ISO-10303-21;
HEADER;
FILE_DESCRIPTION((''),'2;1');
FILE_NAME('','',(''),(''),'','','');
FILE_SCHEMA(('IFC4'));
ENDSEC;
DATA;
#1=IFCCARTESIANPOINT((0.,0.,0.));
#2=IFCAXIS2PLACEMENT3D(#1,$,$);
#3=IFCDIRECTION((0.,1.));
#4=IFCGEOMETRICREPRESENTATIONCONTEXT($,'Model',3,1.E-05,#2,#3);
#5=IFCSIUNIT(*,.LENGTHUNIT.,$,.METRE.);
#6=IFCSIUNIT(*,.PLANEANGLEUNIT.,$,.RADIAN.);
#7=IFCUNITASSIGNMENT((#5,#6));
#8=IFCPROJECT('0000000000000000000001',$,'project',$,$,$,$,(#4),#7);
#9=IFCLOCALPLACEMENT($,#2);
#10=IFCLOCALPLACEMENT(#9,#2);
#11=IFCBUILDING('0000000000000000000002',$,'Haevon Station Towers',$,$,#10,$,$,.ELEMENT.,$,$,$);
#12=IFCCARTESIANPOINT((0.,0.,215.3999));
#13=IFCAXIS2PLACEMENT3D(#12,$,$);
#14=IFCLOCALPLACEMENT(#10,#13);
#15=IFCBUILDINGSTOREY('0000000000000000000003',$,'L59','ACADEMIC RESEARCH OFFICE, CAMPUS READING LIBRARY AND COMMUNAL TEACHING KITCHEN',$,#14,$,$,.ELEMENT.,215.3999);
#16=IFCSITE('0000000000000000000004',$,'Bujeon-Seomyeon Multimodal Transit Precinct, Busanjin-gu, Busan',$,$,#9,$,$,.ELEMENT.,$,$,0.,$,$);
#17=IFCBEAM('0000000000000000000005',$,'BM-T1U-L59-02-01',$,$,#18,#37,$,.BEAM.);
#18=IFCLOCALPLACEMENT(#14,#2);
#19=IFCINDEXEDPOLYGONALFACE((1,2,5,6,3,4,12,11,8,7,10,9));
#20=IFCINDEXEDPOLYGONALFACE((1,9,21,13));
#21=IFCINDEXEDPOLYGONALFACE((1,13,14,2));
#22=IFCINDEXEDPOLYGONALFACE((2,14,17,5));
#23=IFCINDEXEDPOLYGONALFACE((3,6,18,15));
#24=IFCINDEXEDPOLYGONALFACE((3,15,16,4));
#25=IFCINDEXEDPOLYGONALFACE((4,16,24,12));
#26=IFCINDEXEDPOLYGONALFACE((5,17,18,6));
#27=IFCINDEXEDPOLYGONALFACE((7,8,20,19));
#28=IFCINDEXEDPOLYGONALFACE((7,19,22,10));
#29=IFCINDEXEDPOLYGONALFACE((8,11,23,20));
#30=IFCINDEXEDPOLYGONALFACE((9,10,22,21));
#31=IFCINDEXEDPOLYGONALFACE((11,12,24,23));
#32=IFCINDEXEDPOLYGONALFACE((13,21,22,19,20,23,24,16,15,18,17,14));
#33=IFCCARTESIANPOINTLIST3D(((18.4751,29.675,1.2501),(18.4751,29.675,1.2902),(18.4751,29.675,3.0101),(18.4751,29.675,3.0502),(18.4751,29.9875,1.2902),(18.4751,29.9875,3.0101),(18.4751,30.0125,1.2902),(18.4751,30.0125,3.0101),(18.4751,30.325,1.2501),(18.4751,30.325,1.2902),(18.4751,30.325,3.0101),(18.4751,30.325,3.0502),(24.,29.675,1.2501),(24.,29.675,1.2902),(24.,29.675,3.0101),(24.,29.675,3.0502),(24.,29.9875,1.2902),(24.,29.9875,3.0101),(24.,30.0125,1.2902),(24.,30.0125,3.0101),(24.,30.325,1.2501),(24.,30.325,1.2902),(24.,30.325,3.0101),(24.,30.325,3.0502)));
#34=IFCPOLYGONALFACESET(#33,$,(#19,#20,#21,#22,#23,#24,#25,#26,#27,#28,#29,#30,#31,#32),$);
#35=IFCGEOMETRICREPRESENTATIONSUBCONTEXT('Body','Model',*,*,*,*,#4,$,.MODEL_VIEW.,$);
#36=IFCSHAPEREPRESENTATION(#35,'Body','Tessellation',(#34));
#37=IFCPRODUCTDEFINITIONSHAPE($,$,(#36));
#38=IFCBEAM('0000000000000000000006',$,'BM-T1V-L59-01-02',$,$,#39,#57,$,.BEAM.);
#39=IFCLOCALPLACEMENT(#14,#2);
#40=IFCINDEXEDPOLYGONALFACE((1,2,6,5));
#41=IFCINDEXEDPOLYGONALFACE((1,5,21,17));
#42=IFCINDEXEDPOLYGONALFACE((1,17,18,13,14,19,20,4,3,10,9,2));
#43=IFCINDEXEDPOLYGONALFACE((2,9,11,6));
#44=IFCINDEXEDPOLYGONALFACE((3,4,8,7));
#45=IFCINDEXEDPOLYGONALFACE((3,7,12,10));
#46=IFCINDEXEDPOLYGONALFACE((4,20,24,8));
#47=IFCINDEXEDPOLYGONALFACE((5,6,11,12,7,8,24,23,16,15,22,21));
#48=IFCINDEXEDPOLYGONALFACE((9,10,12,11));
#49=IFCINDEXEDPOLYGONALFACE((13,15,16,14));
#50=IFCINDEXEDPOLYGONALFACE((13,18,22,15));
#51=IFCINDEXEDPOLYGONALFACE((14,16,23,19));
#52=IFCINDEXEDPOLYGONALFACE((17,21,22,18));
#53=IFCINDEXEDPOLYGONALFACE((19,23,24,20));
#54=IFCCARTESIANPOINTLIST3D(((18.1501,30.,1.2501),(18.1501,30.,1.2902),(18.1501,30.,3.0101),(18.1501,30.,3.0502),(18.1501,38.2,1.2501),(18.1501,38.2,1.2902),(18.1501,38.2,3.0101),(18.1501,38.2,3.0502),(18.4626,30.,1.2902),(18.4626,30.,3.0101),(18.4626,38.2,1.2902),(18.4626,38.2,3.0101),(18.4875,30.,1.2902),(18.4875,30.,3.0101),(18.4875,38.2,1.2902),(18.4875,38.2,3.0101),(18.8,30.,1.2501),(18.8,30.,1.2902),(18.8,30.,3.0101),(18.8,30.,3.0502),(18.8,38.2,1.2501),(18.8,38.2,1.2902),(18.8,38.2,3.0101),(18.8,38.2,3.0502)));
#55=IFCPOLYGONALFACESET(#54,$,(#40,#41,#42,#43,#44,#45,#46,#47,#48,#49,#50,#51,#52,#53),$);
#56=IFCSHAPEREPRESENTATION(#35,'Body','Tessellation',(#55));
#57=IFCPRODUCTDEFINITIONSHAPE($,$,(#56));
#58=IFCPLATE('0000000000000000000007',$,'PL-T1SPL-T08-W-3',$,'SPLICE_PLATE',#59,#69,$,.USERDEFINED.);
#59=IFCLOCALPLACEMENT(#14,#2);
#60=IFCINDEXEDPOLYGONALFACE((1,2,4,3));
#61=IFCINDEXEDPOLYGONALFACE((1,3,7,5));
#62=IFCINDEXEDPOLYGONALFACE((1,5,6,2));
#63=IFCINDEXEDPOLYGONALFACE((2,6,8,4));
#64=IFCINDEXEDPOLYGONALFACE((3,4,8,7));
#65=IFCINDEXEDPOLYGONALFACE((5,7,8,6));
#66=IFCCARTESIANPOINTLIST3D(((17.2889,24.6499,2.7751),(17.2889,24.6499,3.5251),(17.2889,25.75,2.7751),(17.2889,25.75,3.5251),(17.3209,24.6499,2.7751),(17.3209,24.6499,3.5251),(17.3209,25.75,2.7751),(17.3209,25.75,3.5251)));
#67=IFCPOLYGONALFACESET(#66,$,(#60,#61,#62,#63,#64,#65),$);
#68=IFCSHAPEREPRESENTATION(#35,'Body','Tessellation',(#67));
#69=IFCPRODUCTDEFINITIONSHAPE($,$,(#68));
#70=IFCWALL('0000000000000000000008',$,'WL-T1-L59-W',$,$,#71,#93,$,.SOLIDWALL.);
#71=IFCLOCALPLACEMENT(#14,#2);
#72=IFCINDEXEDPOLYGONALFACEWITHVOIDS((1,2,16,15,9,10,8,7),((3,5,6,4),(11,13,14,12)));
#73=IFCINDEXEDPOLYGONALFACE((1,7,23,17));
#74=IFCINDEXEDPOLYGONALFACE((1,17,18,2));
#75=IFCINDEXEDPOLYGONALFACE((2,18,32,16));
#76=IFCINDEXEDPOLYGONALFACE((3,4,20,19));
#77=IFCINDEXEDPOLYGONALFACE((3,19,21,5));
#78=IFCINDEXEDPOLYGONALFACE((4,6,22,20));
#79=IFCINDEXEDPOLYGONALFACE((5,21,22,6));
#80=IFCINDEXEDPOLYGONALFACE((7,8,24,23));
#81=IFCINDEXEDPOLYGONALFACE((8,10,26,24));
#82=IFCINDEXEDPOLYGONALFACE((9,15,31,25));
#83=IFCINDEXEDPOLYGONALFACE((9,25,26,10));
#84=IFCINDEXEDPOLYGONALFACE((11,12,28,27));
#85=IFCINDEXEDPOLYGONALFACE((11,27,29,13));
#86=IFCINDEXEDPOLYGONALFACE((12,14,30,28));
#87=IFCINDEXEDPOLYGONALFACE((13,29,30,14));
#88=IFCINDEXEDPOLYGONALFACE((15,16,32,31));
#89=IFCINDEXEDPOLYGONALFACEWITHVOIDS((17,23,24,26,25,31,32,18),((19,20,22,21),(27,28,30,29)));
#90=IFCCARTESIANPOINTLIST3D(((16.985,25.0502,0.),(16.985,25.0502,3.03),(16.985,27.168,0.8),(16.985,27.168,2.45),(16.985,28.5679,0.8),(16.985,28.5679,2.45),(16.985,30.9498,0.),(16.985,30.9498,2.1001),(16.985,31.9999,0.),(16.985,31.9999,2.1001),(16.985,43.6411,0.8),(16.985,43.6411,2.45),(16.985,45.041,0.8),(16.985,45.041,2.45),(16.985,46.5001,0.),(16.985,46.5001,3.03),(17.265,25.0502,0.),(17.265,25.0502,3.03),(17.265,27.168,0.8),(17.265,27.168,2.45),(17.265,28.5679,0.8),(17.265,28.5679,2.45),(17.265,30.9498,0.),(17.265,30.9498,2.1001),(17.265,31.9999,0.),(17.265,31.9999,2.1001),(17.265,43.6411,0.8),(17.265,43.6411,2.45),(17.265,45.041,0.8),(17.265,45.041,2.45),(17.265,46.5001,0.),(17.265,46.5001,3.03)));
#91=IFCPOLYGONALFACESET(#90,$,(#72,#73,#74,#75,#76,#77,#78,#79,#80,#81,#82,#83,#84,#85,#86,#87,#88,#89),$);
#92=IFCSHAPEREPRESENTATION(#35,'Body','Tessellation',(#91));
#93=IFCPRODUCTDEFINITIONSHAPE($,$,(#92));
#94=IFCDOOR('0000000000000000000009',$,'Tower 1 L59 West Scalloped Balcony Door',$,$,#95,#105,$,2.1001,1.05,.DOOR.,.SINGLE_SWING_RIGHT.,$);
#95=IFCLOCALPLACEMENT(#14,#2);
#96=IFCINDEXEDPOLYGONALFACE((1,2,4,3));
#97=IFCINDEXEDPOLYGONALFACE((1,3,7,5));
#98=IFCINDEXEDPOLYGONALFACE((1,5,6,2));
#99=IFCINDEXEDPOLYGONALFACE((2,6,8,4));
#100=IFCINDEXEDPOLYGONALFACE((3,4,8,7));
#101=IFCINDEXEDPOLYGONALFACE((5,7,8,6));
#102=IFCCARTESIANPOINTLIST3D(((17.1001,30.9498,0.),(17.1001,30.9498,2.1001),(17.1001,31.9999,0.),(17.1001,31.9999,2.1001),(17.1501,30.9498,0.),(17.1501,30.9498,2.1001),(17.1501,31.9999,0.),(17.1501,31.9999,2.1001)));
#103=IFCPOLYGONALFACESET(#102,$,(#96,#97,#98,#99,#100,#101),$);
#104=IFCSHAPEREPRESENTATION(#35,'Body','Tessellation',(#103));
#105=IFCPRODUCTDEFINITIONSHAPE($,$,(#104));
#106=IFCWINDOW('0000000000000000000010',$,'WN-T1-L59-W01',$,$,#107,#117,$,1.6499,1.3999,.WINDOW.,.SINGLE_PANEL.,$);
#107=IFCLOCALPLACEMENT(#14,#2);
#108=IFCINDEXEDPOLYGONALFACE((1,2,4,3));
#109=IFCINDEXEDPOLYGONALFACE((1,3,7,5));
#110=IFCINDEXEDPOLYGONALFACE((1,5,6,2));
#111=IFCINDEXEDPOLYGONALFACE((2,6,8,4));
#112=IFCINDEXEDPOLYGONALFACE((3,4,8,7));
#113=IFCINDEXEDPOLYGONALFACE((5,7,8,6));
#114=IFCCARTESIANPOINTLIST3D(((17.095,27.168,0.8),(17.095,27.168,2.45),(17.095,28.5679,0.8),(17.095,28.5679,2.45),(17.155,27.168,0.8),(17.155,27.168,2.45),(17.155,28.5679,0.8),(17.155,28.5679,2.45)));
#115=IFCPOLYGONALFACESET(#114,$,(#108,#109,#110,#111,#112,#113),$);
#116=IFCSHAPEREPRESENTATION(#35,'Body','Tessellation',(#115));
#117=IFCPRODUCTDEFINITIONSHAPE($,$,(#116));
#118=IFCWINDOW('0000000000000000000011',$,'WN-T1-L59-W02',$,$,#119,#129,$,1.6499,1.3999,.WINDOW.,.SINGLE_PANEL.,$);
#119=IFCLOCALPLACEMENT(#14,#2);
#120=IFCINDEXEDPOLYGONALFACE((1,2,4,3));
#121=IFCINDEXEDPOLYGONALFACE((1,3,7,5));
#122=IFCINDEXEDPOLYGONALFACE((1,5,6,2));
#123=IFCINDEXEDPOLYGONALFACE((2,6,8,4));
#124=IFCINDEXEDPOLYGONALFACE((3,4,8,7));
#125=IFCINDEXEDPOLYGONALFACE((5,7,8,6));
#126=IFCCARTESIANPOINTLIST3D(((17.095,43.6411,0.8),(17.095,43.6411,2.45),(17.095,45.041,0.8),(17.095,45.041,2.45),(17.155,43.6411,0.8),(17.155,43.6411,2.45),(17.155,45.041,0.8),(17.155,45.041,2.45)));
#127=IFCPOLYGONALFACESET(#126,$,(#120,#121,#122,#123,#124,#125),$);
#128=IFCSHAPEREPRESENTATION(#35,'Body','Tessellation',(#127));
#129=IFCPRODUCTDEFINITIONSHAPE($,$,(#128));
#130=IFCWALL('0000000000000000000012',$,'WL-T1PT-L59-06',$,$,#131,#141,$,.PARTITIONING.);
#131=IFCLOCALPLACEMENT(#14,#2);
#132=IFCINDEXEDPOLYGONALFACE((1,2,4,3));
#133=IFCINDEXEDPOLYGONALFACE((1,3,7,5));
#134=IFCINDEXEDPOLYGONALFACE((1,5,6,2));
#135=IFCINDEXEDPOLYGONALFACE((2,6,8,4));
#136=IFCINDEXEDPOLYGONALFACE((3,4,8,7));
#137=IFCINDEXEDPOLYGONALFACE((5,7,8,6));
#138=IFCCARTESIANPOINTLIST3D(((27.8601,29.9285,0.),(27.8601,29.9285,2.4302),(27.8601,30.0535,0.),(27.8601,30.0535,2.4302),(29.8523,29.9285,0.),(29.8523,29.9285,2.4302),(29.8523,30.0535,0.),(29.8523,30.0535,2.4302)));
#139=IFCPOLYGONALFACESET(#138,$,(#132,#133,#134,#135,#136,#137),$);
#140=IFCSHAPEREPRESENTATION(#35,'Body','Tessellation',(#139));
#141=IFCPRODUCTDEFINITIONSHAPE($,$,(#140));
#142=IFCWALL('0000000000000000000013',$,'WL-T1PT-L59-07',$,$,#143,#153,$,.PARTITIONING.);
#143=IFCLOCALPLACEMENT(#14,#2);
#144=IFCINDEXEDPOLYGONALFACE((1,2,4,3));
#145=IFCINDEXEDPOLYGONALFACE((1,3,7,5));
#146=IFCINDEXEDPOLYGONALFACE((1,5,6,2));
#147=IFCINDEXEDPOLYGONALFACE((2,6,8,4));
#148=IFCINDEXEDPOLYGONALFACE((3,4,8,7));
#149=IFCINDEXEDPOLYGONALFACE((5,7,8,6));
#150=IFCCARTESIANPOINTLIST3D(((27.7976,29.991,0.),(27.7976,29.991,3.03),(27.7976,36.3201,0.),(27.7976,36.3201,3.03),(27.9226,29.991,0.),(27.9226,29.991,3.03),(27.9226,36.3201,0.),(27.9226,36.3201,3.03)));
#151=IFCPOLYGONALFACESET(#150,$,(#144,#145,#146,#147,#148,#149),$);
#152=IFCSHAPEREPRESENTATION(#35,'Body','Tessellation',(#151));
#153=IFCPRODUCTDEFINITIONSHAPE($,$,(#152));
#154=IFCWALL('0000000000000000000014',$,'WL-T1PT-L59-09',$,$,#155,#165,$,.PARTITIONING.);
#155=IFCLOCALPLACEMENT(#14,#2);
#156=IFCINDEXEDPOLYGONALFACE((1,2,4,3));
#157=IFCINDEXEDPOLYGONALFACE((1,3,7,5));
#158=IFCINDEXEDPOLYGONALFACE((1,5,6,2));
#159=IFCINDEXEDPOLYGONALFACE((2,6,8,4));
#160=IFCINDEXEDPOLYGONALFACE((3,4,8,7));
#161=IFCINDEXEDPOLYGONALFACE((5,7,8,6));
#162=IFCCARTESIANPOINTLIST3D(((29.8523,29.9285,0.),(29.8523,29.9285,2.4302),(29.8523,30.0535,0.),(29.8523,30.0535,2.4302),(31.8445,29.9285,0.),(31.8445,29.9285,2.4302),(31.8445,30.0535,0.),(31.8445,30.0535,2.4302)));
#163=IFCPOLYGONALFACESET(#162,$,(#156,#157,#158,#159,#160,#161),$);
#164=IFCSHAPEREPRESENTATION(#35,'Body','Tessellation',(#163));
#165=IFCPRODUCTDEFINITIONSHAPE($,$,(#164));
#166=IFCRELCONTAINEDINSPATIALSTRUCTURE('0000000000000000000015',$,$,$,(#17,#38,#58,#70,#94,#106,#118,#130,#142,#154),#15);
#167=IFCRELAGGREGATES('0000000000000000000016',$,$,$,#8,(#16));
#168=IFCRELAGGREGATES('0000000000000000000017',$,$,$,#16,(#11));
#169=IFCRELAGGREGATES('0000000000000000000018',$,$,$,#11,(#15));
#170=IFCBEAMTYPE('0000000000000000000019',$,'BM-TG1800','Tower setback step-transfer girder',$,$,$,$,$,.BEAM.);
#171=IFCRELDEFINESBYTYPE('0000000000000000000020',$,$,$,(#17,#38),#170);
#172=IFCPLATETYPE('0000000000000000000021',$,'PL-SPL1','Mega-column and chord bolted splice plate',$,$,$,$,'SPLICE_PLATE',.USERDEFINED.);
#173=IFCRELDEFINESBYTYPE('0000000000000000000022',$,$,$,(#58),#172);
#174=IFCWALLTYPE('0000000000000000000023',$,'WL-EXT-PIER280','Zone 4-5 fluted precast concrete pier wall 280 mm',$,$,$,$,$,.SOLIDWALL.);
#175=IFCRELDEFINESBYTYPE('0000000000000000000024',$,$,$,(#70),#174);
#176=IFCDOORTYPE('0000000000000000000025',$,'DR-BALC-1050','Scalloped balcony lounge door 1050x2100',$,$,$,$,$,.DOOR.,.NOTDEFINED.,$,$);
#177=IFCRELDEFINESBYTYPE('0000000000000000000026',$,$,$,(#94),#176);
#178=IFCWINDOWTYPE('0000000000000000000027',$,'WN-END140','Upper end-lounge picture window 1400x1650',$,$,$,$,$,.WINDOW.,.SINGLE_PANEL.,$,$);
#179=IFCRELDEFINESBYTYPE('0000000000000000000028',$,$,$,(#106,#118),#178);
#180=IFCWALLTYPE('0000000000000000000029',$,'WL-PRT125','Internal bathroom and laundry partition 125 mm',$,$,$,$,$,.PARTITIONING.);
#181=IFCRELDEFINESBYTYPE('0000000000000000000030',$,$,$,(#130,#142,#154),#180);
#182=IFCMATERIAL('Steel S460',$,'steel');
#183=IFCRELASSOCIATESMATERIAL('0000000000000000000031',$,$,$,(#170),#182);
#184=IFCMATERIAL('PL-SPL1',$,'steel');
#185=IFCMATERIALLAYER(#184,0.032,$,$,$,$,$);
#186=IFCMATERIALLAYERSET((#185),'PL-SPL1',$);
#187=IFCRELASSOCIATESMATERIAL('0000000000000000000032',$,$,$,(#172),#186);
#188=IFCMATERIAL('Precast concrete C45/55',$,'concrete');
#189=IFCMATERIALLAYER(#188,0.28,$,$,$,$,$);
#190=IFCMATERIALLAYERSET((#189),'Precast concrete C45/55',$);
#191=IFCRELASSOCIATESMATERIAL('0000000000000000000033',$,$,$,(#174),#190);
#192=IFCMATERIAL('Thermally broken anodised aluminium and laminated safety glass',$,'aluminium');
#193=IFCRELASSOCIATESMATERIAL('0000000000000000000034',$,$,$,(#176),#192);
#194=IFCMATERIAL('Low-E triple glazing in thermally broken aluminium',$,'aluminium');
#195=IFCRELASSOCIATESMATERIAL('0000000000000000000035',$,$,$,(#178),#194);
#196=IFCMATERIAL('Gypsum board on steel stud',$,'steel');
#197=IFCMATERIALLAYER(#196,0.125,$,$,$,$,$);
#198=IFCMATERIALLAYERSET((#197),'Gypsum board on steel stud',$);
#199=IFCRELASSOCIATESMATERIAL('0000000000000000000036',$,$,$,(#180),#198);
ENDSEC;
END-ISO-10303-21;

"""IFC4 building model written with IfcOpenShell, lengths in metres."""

from ifc_helpers import new_model, si_unit, direction, frame, frame_2d, origin, origin_2d, place, context, subcontext, project, spatial, rectangle, i_section, extrude, material, layer, layer_set, material_profile, profile_set, type_object, element, fill, save


model = new_model("IFC4")

# Units and contexts
model_context = context("Model", 3, precision=1e-05, world=origin(), true_north=direction((0.0, 1.0)))
body_context = subcontext(model_context, "Body", "Model", "MODEL_VIEW")
ifc_project = project(units=[si_unit("LENGTHUNIT", "METRE"), si_unit("PLANEANGLEUNIT", "RADIAN")], contexts=[model_context])

# Site, building, storey
site_placement = place(None, origin())
site = spatial("IfcSite", under=ifc_project, at=site_placement, Name="Bujeon-Seomyeon Multimodal Transit Precinct, Busanjin-gu, Busan", CompositionType="ELEMENT", RefElevation=0.0)
building_placement = place(site_placement, origin())
building = spatial("IfcBuilding", under=site, at=building_placement, Name="Haevon Station Towers", CompositionType="ELEMENT")
storey_placement = place(building_placement, frame((0.0, 0.0, 215.3999)))
storey = spatial("IfcBuildingStorey", under=building, at=storey_placement, Name="L59", Description="ACADEMIC RESEARCH OFFICE, CAMPUS READING LIBRARY AND COMMUNAL TEACHING KITCHEN", CompositionType="ELEMENT", Elevation=215.3999)

# Beams
ifc_material_1 = material(Name="Steel S460", Category="steel")
ifc_material_profile_1 = material_profile(ifc_material_1, i_section(OverallWidth=0.6499, OverallDepth=1.8, WebThickness=0.0249, FlangeThickness=0.04, at=origin_2d()), Name="H-1800x650x25x40")
ifc_profile_set_1 = profile_set([ifc_material_profile_1], Name="Steel S460")
beam_type_1 = type_object("IfcBeamType", Name="BM-TG1800", Description="Tower setback step-transfer girder", PredefinedType="BEAM", material=ifc_profile_set_1)
beam_1_placement = place(storey_placement, frame((18.4751, 30.0, 2.1501), z_axis=(1.0, 0.0, 0.0), x_axis=(0.0, 1.0, 0.0)))
element("IfcBeam", 1, at=beam_1_placement, inside=storey, type_object=beam_type_1, Name="BM-T1U-L59-02-01", PredefinedType="BEAM", context=body_context, shape_type="SweptSolid", body=[
    extrude(i_section(OverallWidth=0.6499, OverallDepth=1.8, WebThickness=0.0249, FlangeThickness=0.04, at=origin_2d()), origin(), (0.0, 0.0, 1.0), 5.5249),
])
beam_2_placement = place(storey_placement, frame((18.4751, 30.0, 2.1501), z_axis=(0.0, 1.0, 0.0), x_axis=(-1.0, 0.0, 0.0)))
element("IfcBeam", 2, at=beam_2_placement, inside=storey, type_object=beam_type_1, Name="BM-T1V-L59-01-02", PredefinedType="BEAM", context=body_context, shape_type="SweptSolid", body=[
    extrude(i_section(OverallWidth=0.6499, OverallDepth=1.8, WebThickness=0.0249, FlangeThickness=0.04, at=origin_2d()), origin(), (0.0, 0.0, 1.0), 8.2),
])

# Plate
ifc_material_2 = material(Name="PL-SPL1", Category="steel")
ifc_layer_1 = layer(ifc_material_2, 0.032)
ifc_layer_set_1 = layer_set([ifc_layer_1], Name="PL-SPL1")
plate_type = type_object("IfcPlateType", Name="PL-SPL1", Description="Mega-column and chord bolted splice plate", ElementType="SPLICE_PLATE", PredefinedType="USERDEFINED", material=ifc_layer_set_1)
plate_placement = place(storey_placement, frame((17.3049, 25.2, 2.7751), z_axis=(0.0, 0.0, 1.0), x_axis=(0.0, 1.0, 0.0)))
element("IfcPlate", 3, at=plate_placement, inside=storey, type_object=plate_type, Name="PL-T1SPL-T08-W-3", ObjectType="SPLICE_PLATE", PredefinedType="USERDEFINED", context=body_context, shape_type="SweptSolid", body=[
    extrude(rectangle(XDim=1.1001, YDim=0.032, at=origin_2d()), origin(), (0.0, 0.0, 1.0), 0.75),
])

# Wall, openings, door, windows
ifc_material_3 = material(Name="Precast concrete C45/55", Category="concrete")
ifc_layer_2 = layer(ifc_material_3, 0.28)
ifc_layer_set_2 = layer_set([ifc_layer_2], Name="Precast concrete C45/55")
wall_type_1 = type_object("IfcWallType", Name="WL-EXT-PIER280", Description="Zone 4-5 fluted precast concrete pier wall 280 mm", PredefinedType="SOLIDWALL", material=ifc_layer_set_2)
wall_1_placement = place(storey_placement, frame((17.125, 25.05, 0.0), z_axis=(0.0, 0.0, 1.0), x_axis=(0.0, 1.0, 0.0)))
wall_1 = element("IfcWall", 4, at=wall_1_placement, inside=storey, type_object=wall_type_1, Name="WL-T1-L59-W", PredefinedType="SOLIDWALL", context=body_context, shape_type="SweptSolid", body=[
    extrude(rectangle(XDim=21.45, YDim=0.28, at=frame_2d((10.7251, 0.0))), origin(), (0.0, 0.0, 1.0), 3.03),
])
opening_1_placement = place(wall_1_placement, frame((5.8999, 0.0, 0.0)))
opening_1 = element("IfcOpeningElement", 5, at=opening_1_placement, cuts=wall_1, PredefinedType="OPENING", context=body_context, shape_type="SweptSolid", body=[
    extrude(rectangle(XDim=1.05, YDim=2.1001, at=frame_2d((0.5249, 1.05))), frame((0.0, 0.1499, 0.0), z_axis=(0.0, -1.0, 0.0), x_axis=(1.0, 0.0, 0.0)), (0.0, 0.0, 1.0), 0.3),
])
opening_2_placement = place(wall_1_placement, frame((2.1179, 0.0, 0.8)))
opening_2 = element("IfcOpeningElement", 6, at=opening_2_placement, cuts=wall_1, PredefinedType="OPENING", context=body_context, shape_type="SweptSolid", body=[
    extrude(rectangle(XDim=1.3999, YDim=1.6499, at=frame_2d((0.7, 0.825))), frame((0.0, 0.1499, 0.0), z_axis=(0.0, -1.0, 0.0), x_axis=(1.0, 0.0, 0.0)), (0.0, 0.0, 1.0), 0.3),
])
opening_3_placement = place(wall_1_placement, frame((18.5911, 0.0, 0.8)))
opening_3 = element("IfcOpeningElement", 7, at=opening_3_placement, cuts=wall_1, PredefinedType="OPENING", context=body_context, shape_type="SweptSolid", body=[
    extrude(rectangle(XDim=1.3999, YDim=1.6499, at=frame_2d((0.7, 0.825))), frame((0.0, 0.1499, 0.0), z_axis=(0.0, -1.0, 0.0), x_axis=(1.0, 0.0, 0.0)), (0.0, 0.0, 1.0), 0.3),
])
ifc_material_4 = material(Name="Thermally broken anodised aluminium and laminated safety glass", Category="aluminium")
door_type = type_object("IfcDoorType", Name="DR-BALC-1050", Description="Scalloped balcony lounge door 1050x2100", OperationType="NOTDEFINED", PredefinedType="DOOR", material=ifc_material_4)
door_placement = place(opening_1_placement, origin())
door = element("IfcDoor", 8, at=door_placement, inside=storey, type_object=door_type, Name="Tower 1 L59 West Scalloped Balcony Door", OperationType="SINGLE_SWING_RIGHT", OverallHeight=2.1001, OverallWidth=1.05, PredefinedType="DOOR", context=body_context, shape_type="SweptSolid", body=[
    extrude(rectangle(XDim=1.05, YDim=2.1001, at=frame_2d((0.5249, 1.05))), frame((0.0, 0.0249, 0.0), z_axis=(0.0, -1.0, 0.0), x_axis=(1.0, 0.0, 0.0)), (0.0, 0.0, 1.0), 0.05),
])
fill(opening_1, door)
ifc_material_5 = material(Name="Low-E triple glazing in thermally broken aluminium", Category="aluminium")
window_type = type_object("IfcWindowType", Name="WN-END140", Description="Upper end-lounge picture window 1400x1650", PartitioningType="SINGLE_PANEL", PredefinedType="WINDOW", material=ifc_material_5)
window_1_placement = place(opening_2_placement, origin())
window_1 = element("IfcWindow", 9, at=window_1_placement, inside=storey, type_object=window_type, Name="WN-T1-L59-W01", OverallHeight=1.6499, OverallWidth=1.3999, PartitioningType="SINGLE_PANEL", PredefinedType="WINDOW", context=body_context, shape_type="SweptSolid", body=[
    extrude(rectangle(XDim=1.3999, YDim=1.6499, at=frame_2d((0.7, 0.825))), frame((0.0, 0.03, 0.0), z_axis=(0.0, -1.0, 0.0), x_axis=(1.0, 0.0, 0.0)), (0.0, 0.0, 1.0), 0.0601),
])
fill(opening_2, window_1)
window_2_placement = place(opening_3_placement, origin())
window_2 = element("IfcWindow", 10, at=window_2_placement, inside=storey, type_object=window_type, Name="WN-T1-L59-W02", OverallHeight=1.6499, OverallWidth=1.3999, PartitioningType="SINGLE_PANEL", PredefinedType="WINDOW", context=body_context, shape_type="SweptSolid", body=[
    extrude(rectangle(XDim=1.3999, YDim=1.6499, at=frame_2d((0.7, 0.825))), frame((0.0, 0.03, 0.0), z_axis=(0.0, -1.0, 0.0), x_axis=(1.0, 0.0, 0.0)), (0.0, 0.0, 1.0), 0.0601),
])
fill(opening_3, window_2)

# Walls
ifc_material_6 = material(Name="Gypsum board on steel stud", Category="steel")
ifc_layer_3 = layer(ifc_material_6, 0.125)
ifc_layer_set_3 = layer_set([ifc_layer_3], Name="Gypsum board on steel stud")
wall_type_2 = type_object("IfcWallType", Name="WL-PRT125", Description="Internal bathroom and laundry partition 125 mm", PredefinedType="PARTITIONING", material=ifc_layer_set_3)
wall_2_placement = place(storey_placement, frame((27.8601, 29.991, 0.0), z_axis=(0.0, 0.0, 1.0), x_axis=(1.0, 0.0, 0.0)))
element("IfcWall", 11, at=wall_2_placement, inside=storey, type_object=wall_type_2, Name="WL-T1PT-L59-06", PredefinedType="PARTITIONING", context=body_context, shape_type="SweptSolid", body=[
    extrude(rectangle(XDim=1.9922, YDim=0.125, at=frame_2d((0.9961, 0.0))), origin(), (0.0, 0.0, 1.0), 2.4302),
])
wall_3_placement = place(storey_placement, frame((27.8601, 29.991, 0.0), z_axis=(0.0, 0.0, 1.0), x_axis=(0.0, 1.0, 0.0)))
element("IfcWall", 12, at=wall_3_placement, inside=storey, type_object=wall_type_2, Name="WL-T1PT-L59-07", PredefinedType="PARTITIONING", context=body_context, shape_type="SweptSolid", body=[
    extrude(rectangle(XDim=6.3291, YDim=0.125, at=frame_2d((3.1646, 0.0))), origin(), (0.0, 0.0, 1.0), 3.03),
])
wall_4_placement = place(storey_placement, frame((29.8523, 29.991, 0.0), z_axis=(0.0, 0.0, 1.0), x_axis=(1.0, 0.0, 0.0)))
element("IfcWall", 13, at=wall_4_placement, inside=storey, type_object=wall_type_2, Name="WL-T1PT-L59-09", PredefinedType="PARTITIONING", context=body_context, shape_type="SweptSolid", body=[
    extrude(rectangle(XDim=1.9922, YDim=0.125, at=frame_2d((0.9961, 0.0))), origin(), (0.0, 0.0, 1.0), 2.4302),
])

save(model, "model.ifc")
